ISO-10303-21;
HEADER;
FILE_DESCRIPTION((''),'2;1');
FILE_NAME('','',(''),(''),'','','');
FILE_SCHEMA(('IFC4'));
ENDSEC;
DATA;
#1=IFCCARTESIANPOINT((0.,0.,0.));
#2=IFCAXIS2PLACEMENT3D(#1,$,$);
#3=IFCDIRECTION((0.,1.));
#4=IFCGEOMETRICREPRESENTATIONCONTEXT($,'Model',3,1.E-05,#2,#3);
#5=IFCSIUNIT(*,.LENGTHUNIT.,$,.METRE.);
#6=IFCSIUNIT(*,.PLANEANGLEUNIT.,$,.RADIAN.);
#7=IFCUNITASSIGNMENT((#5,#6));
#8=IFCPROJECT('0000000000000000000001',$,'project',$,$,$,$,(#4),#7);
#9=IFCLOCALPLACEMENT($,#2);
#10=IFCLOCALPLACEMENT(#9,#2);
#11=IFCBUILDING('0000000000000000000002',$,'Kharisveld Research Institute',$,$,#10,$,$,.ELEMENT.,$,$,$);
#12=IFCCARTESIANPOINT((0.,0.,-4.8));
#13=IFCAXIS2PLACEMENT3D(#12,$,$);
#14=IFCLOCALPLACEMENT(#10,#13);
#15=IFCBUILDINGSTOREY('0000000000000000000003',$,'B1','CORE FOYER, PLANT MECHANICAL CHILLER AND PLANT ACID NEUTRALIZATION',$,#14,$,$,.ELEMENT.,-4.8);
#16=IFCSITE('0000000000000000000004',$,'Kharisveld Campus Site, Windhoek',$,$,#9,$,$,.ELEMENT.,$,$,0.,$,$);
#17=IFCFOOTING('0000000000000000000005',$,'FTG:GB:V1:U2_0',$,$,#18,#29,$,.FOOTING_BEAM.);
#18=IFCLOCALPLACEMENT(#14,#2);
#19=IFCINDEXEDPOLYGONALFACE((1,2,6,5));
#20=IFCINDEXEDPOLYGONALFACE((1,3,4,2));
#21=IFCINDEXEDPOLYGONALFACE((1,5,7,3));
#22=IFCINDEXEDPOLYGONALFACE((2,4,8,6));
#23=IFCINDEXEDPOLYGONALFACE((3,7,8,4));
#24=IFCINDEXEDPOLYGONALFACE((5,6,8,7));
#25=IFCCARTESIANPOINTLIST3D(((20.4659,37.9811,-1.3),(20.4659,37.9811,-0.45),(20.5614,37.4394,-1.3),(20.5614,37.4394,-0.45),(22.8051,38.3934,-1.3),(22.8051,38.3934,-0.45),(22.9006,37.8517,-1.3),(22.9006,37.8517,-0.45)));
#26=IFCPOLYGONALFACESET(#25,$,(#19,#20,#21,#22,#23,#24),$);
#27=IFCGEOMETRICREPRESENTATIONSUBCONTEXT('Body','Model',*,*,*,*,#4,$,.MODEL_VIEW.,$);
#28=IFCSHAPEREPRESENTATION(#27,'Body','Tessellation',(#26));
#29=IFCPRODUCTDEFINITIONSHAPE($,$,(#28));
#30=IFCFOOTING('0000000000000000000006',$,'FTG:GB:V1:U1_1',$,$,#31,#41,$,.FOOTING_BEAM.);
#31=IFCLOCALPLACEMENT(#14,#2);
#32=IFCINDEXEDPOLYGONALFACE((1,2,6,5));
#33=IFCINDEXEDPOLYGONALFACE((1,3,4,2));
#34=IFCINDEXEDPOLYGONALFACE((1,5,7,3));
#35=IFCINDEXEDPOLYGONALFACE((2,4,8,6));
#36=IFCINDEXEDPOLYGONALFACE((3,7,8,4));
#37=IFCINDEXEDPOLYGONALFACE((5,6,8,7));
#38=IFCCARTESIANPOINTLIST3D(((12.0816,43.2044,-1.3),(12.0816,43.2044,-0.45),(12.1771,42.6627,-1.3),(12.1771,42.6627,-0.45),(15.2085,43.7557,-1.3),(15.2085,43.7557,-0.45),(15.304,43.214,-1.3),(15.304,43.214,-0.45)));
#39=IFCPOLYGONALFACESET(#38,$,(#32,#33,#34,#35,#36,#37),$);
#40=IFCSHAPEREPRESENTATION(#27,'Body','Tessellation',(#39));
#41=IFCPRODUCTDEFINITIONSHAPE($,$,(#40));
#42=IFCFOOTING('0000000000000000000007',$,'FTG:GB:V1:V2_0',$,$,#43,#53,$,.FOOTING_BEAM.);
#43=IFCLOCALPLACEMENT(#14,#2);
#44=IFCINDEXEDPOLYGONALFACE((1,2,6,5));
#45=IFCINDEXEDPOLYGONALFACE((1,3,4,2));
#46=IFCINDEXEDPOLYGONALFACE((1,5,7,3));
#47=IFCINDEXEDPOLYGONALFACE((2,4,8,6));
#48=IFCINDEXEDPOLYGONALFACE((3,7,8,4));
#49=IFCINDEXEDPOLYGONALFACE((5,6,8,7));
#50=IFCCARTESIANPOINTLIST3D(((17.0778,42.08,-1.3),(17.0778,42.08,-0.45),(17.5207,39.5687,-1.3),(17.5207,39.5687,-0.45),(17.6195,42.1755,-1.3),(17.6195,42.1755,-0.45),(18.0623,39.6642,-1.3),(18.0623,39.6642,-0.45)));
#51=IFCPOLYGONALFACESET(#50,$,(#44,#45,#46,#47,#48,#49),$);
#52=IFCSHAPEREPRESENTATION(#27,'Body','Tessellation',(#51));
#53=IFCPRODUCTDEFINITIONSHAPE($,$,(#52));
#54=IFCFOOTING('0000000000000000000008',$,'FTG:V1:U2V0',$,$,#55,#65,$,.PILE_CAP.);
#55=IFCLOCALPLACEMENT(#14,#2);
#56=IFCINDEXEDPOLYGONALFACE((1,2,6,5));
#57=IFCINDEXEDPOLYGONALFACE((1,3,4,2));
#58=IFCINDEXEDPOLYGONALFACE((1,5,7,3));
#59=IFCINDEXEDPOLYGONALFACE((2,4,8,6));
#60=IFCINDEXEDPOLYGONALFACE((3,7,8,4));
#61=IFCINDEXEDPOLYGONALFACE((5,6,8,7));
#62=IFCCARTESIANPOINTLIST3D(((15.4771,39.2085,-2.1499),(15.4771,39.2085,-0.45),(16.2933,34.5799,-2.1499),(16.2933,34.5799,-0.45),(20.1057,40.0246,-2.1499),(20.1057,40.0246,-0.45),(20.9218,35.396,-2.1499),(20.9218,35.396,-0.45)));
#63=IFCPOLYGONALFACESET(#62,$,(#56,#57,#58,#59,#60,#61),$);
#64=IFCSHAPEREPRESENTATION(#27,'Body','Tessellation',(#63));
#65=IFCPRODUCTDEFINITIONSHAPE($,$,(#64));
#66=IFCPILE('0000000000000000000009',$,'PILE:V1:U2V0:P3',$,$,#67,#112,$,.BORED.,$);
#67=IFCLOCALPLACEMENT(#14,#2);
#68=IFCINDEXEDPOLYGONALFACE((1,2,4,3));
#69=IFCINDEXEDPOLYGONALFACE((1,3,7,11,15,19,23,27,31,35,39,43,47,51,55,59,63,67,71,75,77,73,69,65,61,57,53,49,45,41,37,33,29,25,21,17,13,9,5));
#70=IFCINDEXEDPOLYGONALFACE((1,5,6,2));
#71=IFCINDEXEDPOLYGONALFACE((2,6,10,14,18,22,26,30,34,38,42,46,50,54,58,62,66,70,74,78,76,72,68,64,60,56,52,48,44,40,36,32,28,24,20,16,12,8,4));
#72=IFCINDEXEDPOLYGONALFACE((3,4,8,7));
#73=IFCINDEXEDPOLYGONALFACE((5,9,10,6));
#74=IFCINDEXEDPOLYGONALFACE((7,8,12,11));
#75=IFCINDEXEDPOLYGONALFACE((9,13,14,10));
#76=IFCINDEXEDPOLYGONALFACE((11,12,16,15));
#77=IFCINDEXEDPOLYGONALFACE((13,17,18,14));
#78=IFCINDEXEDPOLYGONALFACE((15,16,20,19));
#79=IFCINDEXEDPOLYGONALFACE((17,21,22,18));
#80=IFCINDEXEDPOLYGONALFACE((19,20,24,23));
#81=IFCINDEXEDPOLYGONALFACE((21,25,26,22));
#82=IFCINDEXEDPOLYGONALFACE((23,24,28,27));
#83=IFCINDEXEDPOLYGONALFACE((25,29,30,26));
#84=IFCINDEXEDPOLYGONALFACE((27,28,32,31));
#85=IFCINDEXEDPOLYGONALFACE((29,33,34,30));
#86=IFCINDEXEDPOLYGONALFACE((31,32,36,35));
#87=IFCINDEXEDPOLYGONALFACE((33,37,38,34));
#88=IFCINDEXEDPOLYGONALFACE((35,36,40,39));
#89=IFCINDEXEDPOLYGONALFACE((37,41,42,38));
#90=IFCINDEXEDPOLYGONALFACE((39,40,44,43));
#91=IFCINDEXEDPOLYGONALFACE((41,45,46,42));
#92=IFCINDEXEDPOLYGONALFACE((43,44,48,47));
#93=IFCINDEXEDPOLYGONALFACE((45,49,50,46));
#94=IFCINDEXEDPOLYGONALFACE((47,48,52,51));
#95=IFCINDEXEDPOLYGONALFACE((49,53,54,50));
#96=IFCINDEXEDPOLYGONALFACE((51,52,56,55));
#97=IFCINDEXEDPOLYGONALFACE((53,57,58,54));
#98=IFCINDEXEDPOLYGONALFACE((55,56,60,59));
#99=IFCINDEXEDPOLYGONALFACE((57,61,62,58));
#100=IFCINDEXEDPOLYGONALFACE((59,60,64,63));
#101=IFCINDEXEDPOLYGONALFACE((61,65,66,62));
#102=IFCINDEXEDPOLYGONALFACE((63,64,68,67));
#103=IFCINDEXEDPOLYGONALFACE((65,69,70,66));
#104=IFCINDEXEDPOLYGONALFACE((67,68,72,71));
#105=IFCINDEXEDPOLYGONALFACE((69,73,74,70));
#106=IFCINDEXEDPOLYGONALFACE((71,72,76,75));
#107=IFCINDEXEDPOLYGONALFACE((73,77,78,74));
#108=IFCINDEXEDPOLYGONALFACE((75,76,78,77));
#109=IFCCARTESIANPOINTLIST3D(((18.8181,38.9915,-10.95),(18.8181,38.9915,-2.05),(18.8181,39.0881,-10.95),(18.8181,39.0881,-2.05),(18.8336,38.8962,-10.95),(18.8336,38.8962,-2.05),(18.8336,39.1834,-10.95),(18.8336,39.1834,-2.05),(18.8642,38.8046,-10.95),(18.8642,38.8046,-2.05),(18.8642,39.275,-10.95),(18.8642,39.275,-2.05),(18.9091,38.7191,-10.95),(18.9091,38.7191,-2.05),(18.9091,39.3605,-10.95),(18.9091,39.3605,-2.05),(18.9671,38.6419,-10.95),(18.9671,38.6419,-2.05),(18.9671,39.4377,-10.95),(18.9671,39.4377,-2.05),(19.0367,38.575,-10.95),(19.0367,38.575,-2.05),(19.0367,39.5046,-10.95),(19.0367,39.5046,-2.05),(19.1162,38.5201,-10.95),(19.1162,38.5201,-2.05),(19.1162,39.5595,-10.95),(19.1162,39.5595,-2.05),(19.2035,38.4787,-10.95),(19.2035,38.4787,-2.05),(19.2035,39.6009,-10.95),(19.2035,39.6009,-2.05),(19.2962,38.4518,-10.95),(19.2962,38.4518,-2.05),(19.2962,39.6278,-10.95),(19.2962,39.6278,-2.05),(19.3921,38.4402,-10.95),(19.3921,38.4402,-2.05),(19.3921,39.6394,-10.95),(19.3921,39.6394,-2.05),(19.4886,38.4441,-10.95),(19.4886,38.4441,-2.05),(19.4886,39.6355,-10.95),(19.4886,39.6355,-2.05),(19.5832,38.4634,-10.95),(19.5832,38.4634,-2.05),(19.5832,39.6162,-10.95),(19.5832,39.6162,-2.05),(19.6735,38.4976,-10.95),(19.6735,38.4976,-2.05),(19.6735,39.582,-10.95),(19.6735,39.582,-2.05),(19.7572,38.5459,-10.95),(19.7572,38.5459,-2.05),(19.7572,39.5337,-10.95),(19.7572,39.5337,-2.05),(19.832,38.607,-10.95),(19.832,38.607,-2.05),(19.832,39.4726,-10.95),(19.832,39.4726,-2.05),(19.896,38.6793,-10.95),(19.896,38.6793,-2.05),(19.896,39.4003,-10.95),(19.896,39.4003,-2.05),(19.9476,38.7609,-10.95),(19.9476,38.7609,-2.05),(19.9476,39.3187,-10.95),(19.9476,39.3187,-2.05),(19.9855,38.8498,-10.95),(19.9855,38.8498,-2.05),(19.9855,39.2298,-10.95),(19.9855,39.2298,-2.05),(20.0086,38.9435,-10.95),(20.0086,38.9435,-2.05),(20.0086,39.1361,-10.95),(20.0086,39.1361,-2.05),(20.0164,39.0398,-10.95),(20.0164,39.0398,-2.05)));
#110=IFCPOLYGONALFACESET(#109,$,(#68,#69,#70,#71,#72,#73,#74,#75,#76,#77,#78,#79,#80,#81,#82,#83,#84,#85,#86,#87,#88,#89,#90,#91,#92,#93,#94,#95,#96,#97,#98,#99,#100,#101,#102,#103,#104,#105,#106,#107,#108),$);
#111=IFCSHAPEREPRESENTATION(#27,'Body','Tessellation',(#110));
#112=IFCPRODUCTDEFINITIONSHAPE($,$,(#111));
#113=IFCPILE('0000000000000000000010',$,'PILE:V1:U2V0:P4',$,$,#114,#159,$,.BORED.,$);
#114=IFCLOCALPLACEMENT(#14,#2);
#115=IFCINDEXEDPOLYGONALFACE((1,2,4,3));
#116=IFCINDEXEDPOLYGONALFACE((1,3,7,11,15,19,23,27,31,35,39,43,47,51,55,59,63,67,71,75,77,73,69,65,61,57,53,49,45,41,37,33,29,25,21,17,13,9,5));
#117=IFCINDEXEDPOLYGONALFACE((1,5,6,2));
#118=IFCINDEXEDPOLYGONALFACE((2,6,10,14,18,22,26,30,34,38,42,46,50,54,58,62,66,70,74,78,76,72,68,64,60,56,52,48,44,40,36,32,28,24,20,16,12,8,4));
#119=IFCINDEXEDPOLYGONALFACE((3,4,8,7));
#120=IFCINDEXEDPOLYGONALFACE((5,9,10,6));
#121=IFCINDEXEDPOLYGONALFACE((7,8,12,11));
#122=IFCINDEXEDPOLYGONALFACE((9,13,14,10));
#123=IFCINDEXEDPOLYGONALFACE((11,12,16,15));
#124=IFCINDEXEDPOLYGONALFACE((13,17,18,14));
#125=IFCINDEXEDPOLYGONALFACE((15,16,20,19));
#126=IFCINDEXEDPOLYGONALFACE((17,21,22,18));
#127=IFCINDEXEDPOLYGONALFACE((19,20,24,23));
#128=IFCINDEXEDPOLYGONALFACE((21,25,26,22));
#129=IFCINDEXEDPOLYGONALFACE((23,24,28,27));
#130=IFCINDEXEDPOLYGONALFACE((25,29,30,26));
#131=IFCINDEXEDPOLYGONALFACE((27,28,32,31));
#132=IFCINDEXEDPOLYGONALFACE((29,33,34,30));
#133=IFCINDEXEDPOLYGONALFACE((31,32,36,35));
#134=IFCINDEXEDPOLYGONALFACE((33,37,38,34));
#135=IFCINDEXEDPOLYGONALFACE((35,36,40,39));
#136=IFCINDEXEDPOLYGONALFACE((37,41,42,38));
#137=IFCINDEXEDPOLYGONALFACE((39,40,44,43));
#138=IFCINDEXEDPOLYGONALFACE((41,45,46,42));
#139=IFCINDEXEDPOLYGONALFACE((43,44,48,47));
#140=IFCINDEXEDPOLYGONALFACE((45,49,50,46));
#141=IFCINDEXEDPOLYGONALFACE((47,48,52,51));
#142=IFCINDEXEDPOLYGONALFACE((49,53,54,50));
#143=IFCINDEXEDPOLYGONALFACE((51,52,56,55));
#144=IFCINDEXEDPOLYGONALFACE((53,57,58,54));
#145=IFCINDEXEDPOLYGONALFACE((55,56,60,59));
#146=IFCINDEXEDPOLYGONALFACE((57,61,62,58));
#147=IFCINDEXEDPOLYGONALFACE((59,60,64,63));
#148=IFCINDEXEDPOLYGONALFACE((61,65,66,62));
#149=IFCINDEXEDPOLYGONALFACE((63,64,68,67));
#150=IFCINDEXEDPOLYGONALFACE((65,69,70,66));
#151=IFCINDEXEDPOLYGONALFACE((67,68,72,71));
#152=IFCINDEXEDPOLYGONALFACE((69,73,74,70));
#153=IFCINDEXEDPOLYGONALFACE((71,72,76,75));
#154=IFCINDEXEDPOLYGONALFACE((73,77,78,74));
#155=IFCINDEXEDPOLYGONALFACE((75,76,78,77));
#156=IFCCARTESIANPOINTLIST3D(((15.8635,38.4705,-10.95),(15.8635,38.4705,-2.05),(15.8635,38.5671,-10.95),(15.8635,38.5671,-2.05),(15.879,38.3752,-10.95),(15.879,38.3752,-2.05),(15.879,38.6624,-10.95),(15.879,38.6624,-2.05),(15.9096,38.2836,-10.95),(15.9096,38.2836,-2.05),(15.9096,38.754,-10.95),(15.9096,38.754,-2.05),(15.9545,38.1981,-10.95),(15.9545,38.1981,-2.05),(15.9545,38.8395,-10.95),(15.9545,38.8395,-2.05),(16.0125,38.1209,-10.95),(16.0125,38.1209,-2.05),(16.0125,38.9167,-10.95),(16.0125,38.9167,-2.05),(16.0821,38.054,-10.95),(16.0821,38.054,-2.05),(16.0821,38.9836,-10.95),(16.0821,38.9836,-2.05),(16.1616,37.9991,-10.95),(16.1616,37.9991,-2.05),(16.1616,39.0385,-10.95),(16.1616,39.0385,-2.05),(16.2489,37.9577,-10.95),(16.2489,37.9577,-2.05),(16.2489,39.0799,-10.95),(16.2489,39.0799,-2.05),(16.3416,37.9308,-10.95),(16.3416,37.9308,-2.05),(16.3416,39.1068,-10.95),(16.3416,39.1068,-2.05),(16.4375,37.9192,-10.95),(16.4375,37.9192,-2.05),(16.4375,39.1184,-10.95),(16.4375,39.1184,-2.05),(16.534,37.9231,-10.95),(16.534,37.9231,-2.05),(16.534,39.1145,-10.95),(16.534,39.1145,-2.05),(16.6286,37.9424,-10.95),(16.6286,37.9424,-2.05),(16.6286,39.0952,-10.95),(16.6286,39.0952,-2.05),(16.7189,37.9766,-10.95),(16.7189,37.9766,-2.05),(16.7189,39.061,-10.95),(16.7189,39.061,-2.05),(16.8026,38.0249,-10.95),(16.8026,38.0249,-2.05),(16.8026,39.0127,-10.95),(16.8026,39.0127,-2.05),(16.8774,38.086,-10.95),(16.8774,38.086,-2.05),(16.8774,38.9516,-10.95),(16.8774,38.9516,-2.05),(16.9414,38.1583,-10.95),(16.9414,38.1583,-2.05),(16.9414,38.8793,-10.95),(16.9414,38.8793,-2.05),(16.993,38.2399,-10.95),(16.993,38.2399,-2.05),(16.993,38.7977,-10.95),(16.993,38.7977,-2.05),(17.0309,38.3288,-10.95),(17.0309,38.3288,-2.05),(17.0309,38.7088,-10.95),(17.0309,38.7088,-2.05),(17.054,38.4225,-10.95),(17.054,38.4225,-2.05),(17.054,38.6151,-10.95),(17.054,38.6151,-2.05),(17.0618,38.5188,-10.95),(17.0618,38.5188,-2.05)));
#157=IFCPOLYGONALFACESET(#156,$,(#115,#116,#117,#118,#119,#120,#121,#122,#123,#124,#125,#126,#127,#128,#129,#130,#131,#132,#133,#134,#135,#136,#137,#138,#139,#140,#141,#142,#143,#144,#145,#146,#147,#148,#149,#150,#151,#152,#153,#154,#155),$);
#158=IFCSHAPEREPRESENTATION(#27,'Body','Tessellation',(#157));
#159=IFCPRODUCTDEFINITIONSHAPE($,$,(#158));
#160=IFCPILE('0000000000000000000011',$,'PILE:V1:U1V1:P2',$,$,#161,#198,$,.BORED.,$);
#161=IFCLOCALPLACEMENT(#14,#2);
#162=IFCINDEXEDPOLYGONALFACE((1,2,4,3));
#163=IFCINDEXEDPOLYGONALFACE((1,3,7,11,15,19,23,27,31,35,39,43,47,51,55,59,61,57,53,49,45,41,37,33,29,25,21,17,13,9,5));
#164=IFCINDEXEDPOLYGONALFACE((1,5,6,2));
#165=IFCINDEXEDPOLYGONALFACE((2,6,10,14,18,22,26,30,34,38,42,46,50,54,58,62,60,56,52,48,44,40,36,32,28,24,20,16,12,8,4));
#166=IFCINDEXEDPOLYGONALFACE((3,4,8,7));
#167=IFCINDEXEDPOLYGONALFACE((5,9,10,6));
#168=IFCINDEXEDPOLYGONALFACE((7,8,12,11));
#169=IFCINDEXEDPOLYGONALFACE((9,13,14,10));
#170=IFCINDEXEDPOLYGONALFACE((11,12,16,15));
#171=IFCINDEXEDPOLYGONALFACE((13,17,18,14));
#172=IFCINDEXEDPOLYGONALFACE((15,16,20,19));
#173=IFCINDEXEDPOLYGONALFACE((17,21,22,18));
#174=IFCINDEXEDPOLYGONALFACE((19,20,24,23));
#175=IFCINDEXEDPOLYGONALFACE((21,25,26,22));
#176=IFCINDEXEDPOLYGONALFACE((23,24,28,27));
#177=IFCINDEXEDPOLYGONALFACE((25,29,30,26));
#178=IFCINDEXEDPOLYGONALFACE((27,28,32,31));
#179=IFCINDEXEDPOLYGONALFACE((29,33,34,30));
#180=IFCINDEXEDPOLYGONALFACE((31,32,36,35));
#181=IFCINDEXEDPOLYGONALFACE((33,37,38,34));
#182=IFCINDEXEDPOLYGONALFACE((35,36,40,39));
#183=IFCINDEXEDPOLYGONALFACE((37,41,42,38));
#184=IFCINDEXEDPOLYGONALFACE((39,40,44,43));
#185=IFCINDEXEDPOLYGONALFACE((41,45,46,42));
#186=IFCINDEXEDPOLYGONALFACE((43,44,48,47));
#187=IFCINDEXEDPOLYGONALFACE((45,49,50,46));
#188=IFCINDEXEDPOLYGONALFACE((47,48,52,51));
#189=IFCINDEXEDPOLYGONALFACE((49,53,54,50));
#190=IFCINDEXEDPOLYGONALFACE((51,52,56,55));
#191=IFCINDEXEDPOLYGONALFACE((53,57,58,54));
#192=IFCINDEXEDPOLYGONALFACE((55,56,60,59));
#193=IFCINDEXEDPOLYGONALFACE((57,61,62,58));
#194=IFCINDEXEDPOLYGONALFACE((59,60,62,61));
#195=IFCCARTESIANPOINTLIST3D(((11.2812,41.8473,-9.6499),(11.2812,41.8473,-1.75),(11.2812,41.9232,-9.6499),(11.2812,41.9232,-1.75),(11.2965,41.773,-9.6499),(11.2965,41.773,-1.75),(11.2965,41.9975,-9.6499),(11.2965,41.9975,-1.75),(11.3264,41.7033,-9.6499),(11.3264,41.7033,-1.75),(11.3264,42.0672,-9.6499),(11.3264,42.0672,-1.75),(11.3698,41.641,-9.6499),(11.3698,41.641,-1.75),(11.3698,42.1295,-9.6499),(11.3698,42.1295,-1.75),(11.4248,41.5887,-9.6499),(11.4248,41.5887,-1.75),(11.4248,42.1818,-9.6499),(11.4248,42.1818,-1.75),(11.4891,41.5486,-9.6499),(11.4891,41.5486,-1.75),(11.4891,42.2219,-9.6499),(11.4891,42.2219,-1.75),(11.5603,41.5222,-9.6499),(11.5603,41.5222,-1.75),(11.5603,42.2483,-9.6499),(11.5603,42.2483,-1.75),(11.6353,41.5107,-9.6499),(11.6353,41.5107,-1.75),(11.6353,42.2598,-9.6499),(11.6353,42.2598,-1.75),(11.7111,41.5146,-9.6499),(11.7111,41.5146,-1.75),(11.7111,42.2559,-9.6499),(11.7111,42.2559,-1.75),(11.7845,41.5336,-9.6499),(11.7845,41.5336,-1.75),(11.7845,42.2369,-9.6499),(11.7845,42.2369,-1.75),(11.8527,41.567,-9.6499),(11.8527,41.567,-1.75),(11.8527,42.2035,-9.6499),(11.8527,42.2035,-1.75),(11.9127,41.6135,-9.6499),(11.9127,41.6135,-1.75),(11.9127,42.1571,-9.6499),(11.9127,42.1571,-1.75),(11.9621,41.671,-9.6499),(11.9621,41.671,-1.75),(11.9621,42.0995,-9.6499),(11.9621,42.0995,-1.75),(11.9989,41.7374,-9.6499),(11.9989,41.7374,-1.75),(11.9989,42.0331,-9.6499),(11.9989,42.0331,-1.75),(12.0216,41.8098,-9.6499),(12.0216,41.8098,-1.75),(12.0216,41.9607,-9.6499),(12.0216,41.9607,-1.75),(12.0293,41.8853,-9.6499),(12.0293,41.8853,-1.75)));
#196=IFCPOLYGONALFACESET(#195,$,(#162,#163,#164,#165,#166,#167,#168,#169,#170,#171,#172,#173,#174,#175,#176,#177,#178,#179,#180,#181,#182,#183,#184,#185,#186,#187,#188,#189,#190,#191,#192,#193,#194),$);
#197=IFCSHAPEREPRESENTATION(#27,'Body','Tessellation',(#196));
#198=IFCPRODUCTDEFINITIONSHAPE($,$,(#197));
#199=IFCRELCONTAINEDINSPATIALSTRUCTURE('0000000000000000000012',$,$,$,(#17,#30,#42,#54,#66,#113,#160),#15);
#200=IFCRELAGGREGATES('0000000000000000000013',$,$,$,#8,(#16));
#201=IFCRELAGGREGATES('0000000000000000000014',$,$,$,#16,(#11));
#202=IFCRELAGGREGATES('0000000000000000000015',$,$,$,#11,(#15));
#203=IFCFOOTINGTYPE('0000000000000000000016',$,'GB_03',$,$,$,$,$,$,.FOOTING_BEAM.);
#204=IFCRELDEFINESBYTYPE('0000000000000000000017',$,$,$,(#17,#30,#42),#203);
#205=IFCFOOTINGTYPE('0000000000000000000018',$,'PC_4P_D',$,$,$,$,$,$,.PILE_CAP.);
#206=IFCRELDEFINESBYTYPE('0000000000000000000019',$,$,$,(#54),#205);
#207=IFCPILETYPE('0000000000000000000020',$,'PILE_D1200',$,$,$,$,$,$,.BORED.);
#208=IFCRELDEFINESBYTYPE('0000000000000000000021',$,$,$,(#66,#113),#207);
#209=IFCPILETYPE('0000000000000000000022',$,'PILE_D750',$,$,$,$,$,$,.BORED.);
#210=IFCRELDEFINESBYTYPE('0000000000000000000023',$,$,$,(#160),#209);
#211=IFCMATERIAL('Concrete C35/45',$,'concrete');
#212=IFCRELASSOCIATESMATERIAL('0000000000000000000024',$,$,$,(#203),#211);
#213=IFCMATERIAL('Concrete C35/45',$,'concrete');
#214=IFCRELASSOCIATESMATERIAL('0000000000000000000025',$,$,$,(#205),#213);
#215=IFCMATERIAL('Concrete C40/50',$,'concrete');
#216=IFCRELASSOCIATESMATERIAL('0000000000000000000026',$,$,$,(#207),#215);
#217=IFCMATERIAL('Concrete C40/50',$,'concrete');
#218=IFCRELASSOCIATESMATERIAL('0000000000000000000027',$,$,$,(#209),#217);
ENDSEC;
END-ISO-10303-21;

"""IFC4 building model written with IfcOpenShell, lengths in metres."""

from ifc_helpers import new_model, si_unit, direction, frame, origin, origin_2d, place, context, subcontext, project, spatial, rectangle, circle, extrude, material, material_profile, profile_set, type_object, element, save


model = new_model("IFC4")

# Units and contexts
model_context = context("Model", 3, precision=1e-05, world=origin(), true_north=direction((0.0, 1.0)))
body_context = subcontext(model_context, "Body", "Model", "MODEL_VIEW")
ifc_project = project(units=[si_unit("LENGTHUNIT", "METRE"), si_unit("PLANEANGLEUNIT", "RADIAN")], contexts=[model_context])

# Site, building, storey
site_placement = place(None, origin())
site = spatial("IfcSite", under=ifc_project, at=site_placement, Name="Kharisveld Campus Site, Windhoek", CompositionType="ELEMENT", RefElevation=0.0)
building_placement = place(site_placement, origin())
building = spatial("IfcBuilding", under=site, at=building_placement, Name="Kharisveld Research Institute", CompositionType="ELEMENT")
storey_placement = place(building_placement, frame((0.0, 0.0, -4.8)))
storey = spatial("IfcBuildingStorey", under=building, at=storey_placement, Name="B1", Description="CORE FOYER, PLANT MECHANICAL CHILLER AND PLANT ACID NEUTRALIZATION", CompositionType="ELEMENT", Elevation=-4.8)

# Footings
ifc_material_1 = material(Name="Concrete C35/45", Category="concrete")
ifc_material_profile_1 = material_profile(ifc_material_1, rectangle(XDim=0.55, YDim=0.8501, at=origin_2d()))
ifc_profile_set_1 = profile_set([ifc_material_profile_1], Name="Concrete C35/45")
footing_type_1 = type_object("IfcFootingType", Name="GB_03", PredefinedType="FOOTING_BEAM", material=ifc_profile_set_1)
footing_1_placement = place(storey_placement, frame((20.5137, 37.7102, -0.875), z_axis=(0.984815, 0.173609, 0.0), x_axis=(-0.173609, 0.984815, 0.0)))
element("IfcFooting", 1, at=footing_1_placement, inside=storey, type_object=footing_type_1, Name="FTG:GB:V1:U2_0", PredefinedType="FOOTING_BEAM", context=body_context, shape_type="SweptSolid", body=[
    extrude(rectangle(XDim=0.55, YDim=0.8501, at=origin_2d()), origin(), (0.0, 0.0, 1.0), 2.3752),
])
footing_2_placement = place(storey_placement, frame((12.1294, 42.9336, -0.875), z_axis=(0.984811, 0.173632, 0.0), x_axis=(-0.173632, 0.984811, 0.0)))
element("IfcFooting", 2, at=footing_2_placement, inside=storey, type_object=footing_type_1, Name="FTG:GB:V1:U1_1", PredefinedType="FOOTING_BEAM", context=body_context, shape_type="SweptSolid", body=[
    extrude(rectangle(XDim=0.55, YDim=0.8501, at=origin_2d()), origin(), (0.0, 0.0, 1.0), 3.175),
])
footing_3_placement = place(storey_placement, frame((17.7915, 39.6165, -0.875), z_axis=(-0.173676, 0.984803, 0.0), x_axis=(-0.984803, -0.173676, 0.0)))
element("IfcFooting", 3, at=footing_3_placement, inside=storey, type_object=footing_type_1, Name="FTG:GB:V1:V2_0", PredefinedType="FOOTING_BEAM", context=body_context, shape_type="SweptSolid", body=[
    extrude(rectangle(XDim=0.55, YDim=0.8501, at=origin_2d()), origin(), (0.0, 0.0, 1.0), 2.55),
])
ifc_material_2 = material(Name="Concrete C35/45", Category="concrete")
footing_type_2 = type_object("IfcFootingType", Name="PC_4P_D", PredefinedType="PILE_CAP", material=ifc_material_2)
footing_4_placement = place(storey_placement, frame((18.1995, 37.3022, -2.1499), z_axis=(0.0, 0.0, 1.0), x_axis=(0.984808, 0.173648, 0.0)))
element("IfcFooting", 4, at=footing_4_placement, inside=storey, type_object=footing_type_2, Name="FTG:V1:U2V0", PredefinedType="PILE_CAP", context=body_context, shape_type="SweptSolid", body=[
    extrude(rectangle(XDim=4.7, YDim=4.7, at=origin_2d()), origin(), (0.0, 0.0, 1.0), 1.7),
])

# Piles
ifc_material_3 = material(Name="Concrete C40/50", Category="concrete")
ifc_material_profile_2 = material_profile(ifc_material_3, circle(Radius=0.6001, at=origin_2d()))
ifc_profile_set_2 = profile_set([ifc_material_profile_2], Name="Concrete C40/50")
pile_type_1 = type_object("IfcPileType", Name="PILE_D1200", PredefinedType="BORED", material=ifc_profile_set_2)
for number, where, z_axis, x_axis, name in (
    (5, (19.4163, 39.0398, -2.05), (0.0, 0.0, -1.0), (1.0, 0.0, 0.0), "PILE:V1:U2V0:P3"),
    (6, (16.4617, 38.5188, -2.05), (0.0, 0.0, -1.0), (1.0, 0.0, 0.0), "PILE:V1:U2V0:P4"),
):
    element("IfcPile", number, at=place(storey_placement, frame(where, z_axis=z_axis, x_axis=x_axis)), inside=storey, type_object=pile_type_1, Name=name, PredefinedType="BORED", context=body_context, shape_type="SweptSolid", body=[
        extrude(circle(Radius=0.6001, at=origin_2d()), origin(), (0.0, 0.0, 1.0), 8.8999),
    ])
ifc_material_4 = material(Name="Concrete C40/50", Category="concrete")
ifc_material_profile_3 = material_profile(ifc_material_4, circle(Radius=0.375, at=origin_2d()))
ifc_profile_set_3 = profile_set([ifc_material_profile_3], Name="Concrete C40/50")
pile_type_2 = type_object("IfcPileType", Name="PILE_D750", PredefinedType="BORED", material=ifc_profile_set_3)
pile_placement = place(storey_placement, frame((11.6543, 41.8853, -1.75), z_axis=(0.0, 0.0, -1.0), x_axis=(1.0, 0.0, 0.0)))
element("IfcPile", 7, at=pile_placement, inside=storey, type_object=pile_type_2, Name="PILE:V1:U1V1:P2", PredefinedType="BORED", context=body_context, shape_type="SweptSolid", body=[
    extrude(circle(Radius=0.375, at=origin_2d()), origin(), (0.0, 0.0, 1.0), 7.8999),
])

save(model, "model.ifc")
